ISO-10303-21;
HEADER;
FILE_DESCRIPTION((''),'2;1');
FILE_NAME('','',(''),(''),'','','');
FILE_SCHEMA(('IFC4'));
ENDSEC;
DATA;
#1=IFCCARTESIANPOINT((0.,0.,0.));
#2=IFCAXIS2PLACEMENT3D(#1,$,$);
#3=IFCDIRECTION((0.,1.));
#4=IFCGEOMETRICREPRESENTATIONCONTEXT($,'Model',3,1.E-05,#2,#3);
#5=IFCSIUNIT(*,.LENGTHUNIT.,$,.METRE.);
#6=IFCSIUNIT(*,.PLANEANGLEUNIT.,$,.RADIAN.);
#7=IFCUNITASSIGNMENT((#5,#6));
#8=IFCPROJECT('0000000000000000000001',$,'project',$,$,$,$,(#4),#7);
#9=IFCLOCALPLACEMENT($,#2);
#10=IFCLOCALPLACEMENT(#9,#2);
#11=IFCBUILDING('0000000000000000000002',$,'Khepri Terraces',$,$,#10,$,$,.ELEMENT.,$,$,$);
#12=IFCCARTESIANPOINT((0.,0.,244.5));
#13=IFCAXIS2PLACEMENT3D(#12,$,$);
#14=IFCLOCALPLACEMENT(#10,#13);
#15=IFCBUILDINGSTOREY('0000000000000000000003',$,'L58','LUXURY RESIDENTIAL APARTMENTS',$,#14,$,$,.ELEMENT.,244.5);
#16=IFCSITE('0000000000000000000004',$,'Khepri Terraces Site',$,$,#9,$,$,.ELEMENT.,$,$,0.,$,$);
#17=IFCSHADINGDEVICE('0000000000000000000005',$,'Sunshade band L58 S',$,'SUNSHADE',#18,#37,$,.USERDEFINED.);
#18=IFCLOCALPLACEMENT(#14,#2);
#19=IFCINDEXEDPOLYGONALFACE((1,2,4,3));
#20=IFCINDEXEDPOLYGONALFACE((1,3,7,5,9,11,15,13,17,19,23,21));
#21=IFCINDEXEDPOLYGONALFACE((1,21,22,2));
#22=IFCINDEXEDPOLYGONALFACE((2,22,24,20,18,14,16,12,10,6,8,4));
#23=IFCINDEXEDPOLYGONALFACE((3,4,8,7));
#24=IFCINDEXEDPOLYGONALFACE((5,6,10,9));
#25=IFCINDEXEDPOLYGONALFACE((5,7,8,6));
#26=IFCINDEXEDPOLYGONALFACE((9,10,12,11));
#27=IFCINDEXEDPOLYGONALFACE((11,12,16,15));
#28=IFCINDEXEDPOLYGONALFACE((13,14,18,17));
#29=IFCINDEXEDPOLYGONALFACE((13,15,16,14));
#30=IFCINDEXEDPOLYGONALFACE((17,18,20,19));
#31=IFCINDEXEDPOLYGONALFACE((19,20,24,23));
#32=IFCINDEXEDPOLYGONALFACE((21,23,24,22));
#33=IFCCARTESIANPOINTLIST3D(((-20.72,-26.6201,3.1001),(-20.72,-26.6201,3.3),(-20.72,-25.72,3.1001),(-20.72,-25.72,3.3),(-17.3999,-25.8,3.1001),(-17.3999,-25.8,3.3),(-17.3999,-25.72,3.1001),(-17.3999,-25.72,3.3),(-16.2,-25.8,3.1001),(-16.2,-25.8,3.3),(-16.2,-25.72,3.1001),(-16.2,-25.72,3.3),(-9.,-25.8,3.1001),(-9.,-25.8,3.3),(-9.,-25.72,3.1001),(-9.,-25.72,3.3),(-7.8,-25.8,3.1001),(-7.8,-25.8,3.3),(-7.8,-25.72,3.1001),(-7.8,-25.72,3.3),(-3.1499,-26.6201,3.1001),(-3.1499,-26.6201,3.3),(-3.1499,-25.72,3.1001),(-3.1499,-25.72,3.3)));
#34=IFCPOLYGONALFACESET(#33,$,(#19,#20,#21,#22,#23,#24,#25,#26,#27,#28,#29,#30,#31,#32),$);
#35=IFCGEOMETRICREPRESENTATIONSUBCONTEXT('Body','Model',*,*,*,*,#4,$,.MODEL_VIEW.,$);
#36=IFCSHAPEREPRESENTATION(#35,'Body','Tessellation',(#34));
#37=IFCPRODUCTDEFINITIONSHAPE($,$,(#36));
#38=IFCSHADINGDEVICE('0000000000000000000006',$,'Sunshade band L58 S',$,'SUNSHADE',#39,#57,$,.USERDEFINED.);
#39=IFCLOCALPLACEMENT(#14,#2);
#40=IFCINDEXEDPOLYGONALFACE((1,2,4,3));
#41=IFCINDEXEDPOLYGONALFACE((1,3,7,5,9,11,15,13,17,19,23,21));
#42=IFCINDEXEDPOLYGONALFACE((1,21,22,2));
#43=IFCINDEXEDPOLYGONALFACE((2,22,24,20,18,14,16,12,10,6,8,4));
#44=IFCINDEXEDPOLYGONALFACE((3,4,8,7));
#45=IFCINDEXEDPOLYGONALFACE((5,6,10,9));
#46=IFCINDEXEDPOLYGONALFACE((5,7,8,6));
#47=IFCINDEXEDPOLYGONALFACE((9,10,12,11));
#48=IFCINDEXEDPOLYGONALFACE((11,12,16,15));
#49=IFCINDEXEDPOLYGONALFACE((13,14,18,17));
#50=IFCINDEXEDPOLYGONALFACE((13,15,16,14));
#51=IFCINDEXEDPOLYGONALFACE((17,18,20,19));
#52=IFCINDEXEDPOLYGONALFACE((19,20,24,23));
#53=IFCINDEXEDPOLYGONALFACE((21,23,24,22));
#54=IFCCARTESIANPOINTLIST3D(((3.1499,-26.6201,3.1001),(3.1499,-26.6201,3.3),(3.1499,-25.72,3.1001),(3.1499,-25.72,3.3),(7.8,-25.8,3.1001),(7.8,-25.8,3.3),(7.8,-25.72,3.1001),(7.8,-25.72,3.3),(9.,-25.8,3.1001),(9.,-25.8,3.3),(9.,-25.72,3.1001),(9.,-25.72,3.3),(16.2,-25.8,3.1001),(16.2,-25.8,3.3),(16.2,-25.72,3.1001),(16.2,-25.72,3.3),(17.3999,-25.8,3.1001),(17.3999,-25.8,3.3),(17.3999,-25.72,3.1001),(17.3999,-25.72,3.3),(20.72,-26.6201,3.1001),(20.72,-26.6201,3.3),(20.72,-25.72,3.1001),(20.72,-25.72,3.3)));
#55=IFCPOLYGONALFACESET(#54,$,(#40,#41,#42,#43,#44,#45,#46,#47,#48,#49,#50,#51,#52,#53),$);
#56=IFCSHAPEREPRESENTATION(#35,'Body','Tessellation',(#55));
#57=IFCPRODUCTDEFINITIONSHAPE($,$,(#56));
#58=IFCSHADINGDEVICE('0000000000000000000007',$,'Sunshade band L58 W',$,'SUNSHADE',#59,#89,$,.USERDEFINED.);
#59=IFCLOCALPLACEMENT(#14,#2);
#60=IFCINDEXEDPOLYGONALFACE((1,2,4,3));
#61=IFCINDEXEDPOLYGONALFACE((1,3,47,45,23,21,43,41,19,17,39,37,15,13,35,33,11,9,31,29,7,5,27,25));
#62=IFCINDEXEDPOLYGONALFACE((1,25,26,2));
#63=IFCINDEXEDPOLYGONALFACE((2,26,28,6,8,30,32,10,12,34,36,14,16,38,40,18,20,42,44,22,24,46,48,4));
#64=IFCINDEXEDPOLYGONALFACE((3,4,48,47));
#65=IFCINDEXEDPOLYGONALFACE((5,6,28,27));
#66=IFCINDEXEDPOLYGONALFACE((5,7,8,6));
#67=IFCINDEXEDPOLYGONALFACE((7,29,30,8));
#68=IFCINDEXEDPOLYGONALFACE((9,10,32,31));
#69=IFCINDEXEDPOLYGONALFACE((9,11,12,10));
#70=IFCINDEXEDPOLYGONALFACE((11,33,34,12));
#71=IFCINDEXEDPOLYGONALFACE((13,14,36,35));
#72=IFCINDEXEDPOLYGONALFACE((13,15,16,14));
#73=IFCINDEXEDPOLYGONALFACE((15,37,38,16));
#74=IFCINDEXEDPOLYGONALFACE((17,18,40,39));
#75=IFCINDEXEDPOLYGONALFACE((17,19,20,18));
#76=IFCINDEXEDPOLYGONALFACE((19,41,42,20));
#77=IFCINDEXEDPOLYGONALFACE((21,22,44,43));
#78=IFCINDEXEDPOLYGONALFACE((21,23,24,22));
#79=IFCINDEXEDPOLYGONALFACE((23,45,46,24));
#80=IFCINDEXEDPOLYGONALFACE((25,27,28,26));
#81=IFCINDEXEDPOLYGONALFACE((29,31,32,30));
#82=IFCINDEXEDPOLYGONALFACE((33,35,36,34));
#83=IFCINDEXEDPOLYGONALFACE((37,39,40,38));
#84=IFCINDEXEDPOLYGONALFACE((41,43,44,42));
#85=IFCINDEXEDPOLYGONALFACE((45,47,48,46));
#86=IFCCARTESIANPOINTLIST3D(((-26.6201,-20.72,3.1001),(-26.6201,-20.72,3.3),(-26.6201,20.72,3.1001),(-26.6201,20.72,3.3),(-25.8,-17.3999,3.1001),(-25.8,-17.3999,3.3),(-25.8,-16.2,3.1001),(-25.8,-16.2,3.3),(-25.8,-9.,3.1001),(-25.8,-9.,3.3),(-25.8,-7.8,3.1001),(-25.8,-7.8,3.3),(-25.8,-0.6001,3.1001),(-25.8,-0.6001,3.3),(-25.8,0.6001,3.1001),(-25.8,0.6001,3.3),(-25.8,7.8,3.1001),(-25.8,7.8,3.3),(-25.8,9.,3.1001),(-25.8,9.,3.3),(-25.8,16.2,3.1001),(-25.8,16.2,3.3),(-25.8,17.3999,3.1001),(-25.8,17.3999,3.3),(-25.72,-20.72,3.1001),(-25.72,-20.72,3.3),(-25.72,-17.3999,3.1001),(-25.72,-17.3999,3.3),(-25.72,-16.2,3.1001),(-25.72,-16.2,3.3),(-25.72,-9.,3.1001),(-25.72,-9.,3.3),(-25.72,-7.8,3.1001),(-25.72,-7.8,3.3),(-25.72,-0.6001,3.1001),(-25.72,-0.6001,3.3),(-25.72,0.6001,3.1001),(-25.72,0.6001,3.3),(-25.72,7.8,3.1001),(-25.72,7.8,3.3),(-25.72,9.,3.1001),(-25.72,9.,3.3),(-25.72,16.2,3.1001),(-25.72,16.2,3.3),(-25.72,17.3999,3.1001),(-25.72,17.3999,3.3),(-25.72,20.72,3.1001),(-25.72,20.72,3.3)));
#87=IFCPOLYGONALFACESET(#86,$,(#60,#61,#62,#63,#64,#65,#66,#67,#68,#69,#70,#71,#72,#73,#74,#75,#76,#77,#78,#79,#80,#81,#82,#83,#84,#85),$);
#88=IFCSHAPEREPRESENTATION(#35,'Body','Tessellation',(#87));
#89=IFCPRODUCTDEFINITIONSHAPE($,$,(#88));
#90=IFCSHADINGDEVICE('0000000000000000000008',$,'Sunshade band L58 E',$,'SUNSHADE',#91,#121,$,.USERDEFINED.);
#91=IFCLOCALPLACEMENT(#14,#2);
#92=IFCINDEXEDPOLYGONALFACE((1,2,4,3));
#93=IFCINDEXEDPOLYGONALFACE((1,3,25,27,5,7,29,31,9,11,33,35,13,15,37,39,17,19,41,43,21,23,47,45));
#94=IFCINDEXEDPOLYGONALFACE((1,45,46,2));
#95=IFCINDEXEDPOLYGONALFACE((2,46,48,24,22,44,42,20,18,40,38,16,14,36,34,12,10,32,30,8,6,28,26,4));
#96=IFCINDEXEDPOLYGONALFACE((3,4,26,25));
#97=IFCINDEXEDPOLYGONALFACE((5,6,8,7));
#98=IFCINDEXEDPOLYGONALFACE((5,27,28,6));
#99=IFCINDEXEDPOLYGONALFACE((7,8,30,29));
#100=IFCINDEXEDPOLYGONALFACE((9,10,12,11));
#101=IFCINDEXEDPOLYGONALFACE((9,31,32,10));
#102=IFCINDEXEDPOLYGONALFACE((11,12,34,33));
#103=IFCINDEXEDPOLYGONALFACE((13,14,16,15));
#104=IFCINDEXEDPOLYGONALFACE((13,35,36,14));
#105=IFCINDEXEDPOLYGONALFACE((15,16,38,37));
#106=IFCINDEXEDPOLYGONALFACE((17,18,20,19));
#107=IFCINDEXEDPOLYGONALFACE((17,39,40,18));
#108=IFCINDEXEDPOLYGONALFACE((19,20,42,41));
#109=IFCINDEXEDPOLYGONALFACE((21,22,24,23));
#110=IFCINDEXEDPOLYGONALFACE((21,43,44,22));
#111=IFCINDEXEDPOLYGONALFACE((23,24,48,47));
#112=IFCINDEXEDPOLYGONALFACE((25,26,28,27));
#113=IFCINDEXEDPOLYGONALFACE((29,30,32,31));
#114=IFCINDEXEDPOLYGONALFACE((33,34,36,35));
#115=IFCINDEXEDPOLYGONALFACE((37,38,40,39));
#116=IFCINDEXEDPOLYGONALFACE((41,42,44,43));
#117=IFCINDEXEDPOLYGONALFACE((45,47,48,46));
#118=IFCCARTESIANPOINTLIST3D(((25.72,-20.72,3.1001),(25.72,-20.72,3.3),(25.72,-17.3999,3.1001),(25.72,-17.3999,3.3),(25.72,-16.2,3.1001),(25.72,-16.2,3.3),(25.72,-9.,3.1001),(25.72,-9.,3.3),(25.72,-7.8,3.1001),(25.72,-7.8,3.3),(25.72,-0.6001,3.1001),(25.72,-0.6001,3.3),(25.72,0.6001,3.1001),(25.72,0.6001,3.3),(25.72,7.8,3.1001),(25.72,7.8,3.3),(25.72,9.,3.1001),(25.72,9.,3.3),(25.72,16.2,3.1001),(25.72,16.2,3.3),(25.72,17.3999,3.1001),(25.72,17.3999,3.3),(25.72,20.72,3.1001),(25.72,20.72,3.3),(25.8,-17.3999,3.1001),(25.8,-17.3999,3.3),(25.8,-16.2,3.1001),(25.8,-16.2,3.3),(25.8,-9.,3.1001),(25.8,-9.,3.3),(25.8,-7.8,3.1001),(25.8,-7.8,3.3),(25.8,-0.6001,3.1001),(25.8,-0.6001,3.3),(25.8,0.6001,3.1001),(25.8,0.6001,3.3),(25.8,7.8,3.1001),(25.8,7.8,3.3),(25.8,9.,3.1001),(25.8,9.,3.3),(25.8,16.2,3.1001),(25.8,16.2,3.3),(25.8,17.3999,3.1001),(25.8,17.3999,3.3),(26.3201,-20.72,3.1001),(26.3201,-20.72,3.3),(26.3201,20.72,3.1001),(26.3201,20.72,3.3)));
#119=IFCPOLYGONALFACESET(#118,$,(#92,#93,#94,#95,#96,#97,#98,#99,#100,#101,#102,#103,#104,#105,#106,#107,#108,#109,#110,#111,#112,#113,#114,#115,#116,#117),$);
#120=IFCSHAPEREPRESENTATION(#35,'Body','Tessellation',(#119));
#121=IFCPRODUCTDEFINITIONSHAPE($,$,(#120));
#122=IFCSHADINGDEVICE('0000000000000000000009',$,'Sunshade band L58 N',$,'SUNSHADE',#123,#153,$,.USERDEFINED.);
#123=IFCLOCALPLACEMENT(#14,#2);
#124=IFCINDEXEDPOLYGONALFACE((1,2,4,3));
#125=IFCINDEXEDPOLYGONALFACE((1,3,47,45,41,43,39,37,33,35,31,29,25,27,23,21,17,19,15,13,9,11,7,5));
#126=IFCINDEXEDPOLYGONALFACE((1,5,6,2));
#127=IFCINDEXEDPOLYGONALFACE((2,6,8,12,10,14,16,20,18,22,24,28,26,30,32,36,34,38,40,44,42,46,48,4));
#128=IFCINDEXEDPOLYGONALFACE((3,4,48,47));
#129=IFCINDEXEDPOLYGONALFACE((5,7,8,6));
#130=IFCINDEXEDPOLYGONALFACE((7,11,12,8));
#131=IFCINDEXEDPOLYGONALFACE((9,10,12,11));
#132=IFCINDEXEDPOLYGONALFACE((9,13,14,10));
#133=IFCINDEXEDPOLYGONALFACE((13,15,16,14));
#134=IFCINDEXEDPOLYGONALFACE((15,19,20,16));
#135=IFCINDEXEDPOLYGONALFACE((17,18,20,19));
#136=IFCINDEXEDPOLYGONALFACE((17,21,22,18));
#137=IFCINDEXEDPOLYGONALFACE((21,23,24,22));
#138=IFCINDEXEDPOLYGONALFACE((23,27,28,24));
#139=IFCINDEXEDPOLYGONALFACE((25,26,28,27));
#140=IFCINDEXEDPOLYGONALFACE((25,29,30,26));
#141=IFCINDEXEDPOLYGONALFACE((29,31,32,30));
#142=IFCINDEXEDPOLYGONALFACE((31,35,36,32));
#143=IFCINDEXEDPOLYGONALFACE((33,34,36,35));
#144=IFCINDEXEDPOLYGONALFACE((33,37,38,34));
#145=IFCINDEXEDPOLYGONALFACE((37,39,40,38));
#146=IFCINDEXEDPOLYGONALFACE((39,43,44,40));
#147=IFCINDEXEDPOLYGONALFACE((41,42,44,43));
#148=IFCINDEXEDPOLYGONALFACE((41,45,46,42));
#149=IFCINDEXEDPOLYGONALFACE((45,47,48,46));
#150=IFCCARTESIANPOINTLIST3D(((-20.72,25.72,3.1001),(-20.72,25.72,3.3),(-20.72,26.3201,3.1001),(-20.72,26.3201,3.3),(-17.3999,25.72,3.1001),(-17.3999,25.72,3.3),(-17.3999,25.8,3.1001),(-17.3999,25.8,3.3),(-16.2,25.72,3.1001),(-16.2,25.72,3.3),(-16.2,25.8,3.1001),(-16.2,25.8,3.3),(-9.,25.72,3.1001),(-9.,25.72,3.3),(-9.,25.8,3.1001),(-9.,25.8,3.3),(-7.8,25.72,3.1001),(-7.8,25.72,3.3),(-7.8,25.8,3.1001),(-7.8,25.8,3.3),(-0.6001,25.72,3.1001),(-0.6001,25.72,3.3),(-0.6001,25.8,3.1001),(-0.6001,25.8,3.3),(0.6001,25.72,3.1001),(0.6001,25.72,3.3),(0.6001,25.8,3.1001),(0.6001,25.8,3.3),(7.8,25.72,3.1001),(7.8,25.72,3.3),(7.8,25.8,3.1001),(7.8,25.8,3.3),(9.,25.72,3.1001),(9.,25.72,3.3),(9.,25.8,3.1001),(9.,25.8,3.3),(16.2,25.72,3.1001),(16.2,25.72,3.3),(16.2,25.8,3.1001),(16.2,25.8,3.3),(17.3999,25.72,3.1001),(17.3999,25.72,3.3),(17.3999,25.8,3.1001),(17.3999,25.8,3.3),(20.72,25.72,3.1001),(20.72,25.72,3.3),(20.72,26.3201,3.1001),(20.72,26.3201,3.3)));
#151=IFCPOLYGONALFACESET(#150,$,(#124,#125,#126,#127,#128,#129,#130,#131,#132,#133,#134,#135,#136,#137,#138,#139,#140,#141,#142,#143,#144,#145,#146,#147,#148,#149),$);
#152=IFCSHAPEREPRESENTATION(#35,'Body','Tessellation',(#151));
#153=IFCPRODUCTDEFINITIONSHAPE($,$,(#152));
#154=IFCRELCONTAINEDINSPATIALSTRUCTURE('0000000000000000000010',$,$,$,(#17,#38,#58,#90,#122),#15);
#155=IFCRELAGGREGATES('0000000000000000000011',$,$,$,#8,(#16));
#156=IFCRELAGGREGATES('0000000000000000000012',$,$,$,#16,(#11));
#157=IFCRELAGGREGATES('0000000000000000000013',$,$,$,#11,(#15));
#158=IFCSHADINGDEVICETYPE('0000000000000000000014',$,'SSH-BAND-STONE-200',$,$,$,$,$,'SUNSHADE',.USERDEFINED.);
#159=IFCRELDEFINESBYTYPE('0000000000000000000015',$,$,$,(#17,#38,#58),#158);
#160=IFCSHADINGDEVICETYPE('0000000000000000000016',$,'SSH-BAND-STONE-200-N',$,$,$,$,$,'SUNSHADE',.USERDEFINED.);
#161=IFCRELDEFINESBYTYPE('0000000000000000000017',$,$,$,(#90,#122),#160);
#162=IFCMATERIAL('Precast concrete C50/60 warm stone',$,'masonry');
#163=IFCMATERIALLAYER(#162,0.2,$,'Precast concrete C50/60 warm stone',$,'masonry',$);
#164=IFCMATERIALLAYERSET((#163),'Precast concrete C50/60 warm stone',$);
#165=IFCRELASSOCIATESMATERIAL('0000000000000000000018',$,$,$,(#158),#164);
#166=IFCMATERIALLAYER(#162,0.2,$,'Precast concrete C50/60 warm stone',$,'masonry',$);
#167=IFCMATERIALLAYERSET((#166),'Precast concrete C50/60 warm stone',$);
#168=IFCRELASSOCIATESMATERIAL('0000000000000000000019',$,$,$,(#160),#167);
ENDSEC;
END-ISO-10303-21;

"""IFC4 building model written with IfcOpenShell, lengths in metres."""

from ifc_helpers import new_model, si_unit, direction, frame, origin, place, context, subcontext, project, spatial, polyline, outline, extrude, material, layer, layer_set, type_object, element, save


model = new_model("IFC4")

# Units and contexts
model_context = context("Model", 3, precision=1e-05, world=origin(), true_north=direction((0.0, 1.0)))
body_context = subcontext(model_context, "Body", "Model", "MODEL_VIEW")
ifc_project = project(units=[si_unit("LENGTHUNIT", "METRE"), si_unit("PLANEANGLEUNIT", "RADIAN")], contexts=[model_context])

# Site, building, storey
site_placement = place(None, origin())
site = spatial("IfcSite", under=ifc_project, at=site_placement, Name="Khepri Terraces Site", CompositionType="ELEMENT", RefElevation=0.0)
building_placement = place(site_placement, origin())
building = spatial("IfcBuilding", under=site, at=building_placement, Name="Khepri Terraces", CompositionType="ELEMENT")
storey_placement = place(building_placement, frame((0.0, 0.0, 244.5)))
storey = spatial("IfcBuildingStorey", under=building, at=storey_placement, Name="L58", Description="LUXURY RESIDENTIAL APARTMENTS", CompositionType="ELEMENT", Elevation=244.5)

# Shared definitions
ifc_material_1 = material(Name="Precast concrete C50/60 warm stone", Category="masonry")

# Shading devices
ifc_layer_1 = layer(ifc_material_1, 0.2, Name="Precast concrete C50/60 warm stone", Category="masonry")
ifc_layer_set_1 = layer_set([ifc_layer_1], Name="Precast concrete C50/60 warm stone")
shading_device_type_1 = type_object("IfcShadingDeviceType", Name="SSH-BAND-STONE-200", ElementType="SUNSHADE", PredefinedType="USERDEFINED", material=ifc_layer_set_1)
shading_device_1_placement = place(storey_placement, frame((0.0, 0.0, 3.1001)))
element("IfcShadingDevice", 1, at=shading_device_1_placement, inside=storey, type_object=shading_device_type_1, Name="Sunshade band L58 S", ObjectType="SUNSHADE", PredefinedType="USERDEFINED", context=body_context, shape_type="SweptSolid", body=[
    extrude(outline(polyline([(-17.3999, -25.72), (-20.72, -25.72), (-20.72, -26.6201), (-3.1499, -26.6201), (-3.1499, -25.72), (-7.8, -25.72), (-7.8, -25.8), (-9.0, -25.8), (-9.0, -25.72), (-16.2, -25.72), (-16.2, -25.8), (-17.3999, -25.8), (-17.3999, -25.72)])), origin(), (0.0, 0.0, 1.0), 0.2),
])
shading_device_2_placement = place(storey_placement, frame((0.0, 0.0, 3.1001)))
element("IfcShadingDevice", 2, at=shading_device_2_placement, inside=storey, type_object=shading_device_type_1, Name="Sunshade band L58 S", ObjectType="SUNSHADE", PredefinedType="USERDEFINED", context=body_context, shape_type="SweptSolid", body=[
    extrude(outline(polyline([(7.8, -25.72), (3.1499, -25.72), (3.1499, -26.6201), (20.72, -26.6201), (20.72, -25.72), (17.3999, -25.72), (17.3999, -25.8), (16.2, -25.8), (16.2, -25.72), (9.0, -25.72), (9.0, -25.8), (7.8, -25.8), (7.8, -25.72)])), origin(), (0.0, 0.0, 1.0), 0.2),
])
shading_device_3_placement = place(storey_placement, frame((0.0, 0.0, 3.1001)))
element("IfcShadingDevice", 3, at=shading_device_3_placement, inside=storey, type_object=shading_device_type_1, Name="Sunshade band L58 W", ObjectType="SUNSHADE", PredefinedType="USERDEFINED", context=body_context, shape_type="SweptSolid", body=[
    extrude(outline(polyline([(-25.72, 17.3999), (-25.72, 20.72), (-26.6201, 20.72), (-26.6201, -20.72), (-25.72, -20.72), (-25.72, -17.3999), (-25.8, -17.3999), (-25.8, -16.2), (-25.72, -16.2), (-25.72, -9.0), (-25.8, -9.0), (-25.8, -7.8), (-25.72, -7.8), (-25.72, -0.6001), (-25.8, -0.6001), (-25.8, 0.6001), (-25.72, 0.6001), (-25.72, 7.8), (-25.8, 7.8), (-25.8, 9.0), (-25.72, 9.0), (-25.72, 16.2), (-25.8, 16.2), (-25.8, 17.3999), (-25.72, 17.3999)])), origin(), (0.0, 0.0, 1.0), 0.2),
])
ifc_layer_2 = layer(ifc_material_1, 0.2, Name="Precast concrete C50/60 warm stone", Category="masonry")
ifc_layer_set_2 = layer_set([ifc_layer_2], Name="Precast concrete C50/60 warm stone")
shading_device_type_2 = type_object("IfcShadingDeviceType", Name="SSH-BAND-STONE-200-N", ElementType="SUNSHADE", PredefinedType="USERDEFINED", material=ifc_layer_set_2)
shading_device_4_placement = place(storey_placement, frame((0.0, 0.0, 3.1001)))
element("IfcShadingDevice", 4, at=shading_device_4_placement, inside=storey, type_object=shading_device_type_2, Name="Sunshade band L58 E", ObjectType="SUNSHADE", PredefinedType="USERDEFINED", context=body_context, shape_type="SweptSolid", body=[
    extrude(outline(polyline([(25.72, -17.3999), (25.72, -20.72), (26.3201, -20.72), (26.3201, 20.72), (25.72, 20.72), (25.72, 17.3999), (25.8, 17.3999), (25.8, 16.2), (25.72, 16.2), (25.72, 9.0), (25.8, 9.0), (25.8, 7.8), (25.72, 7.8), (25.72, 0.6001), (25.8, 0.6001), (25.8, -0.6001), (25.72, -0.6001), (25.72, -7.8), (25.8, -7.8), (25.8, -9.0), (25.72, -9.0), (25.72, -16.2), (25.8, -16.2), (25.8, -17.3999), (25.72, -17.3999)])), origin(), (0.0, 0.0, 1.0), 0.2),
])
shading_device_5_placement = place(storey_placement, frame((0.0, 0.0, 3.1001)))
element("IfcShadingDevice", 5, at=shading_device_5_placement, inside=storey, type_object=shading_device_type_2, Name="Sunshade band L58 N", ObjectType="SUNSHADE", PredefinedType="USERDEFINED", context=body_context, shape_type="SweptSolid", body=[
    extrude(outline(polyline([(17.3999, 25.72), (20.72, 25.72), (20.72, 26.3201), (-20.72, 26.3201), (-20.72, 25.72), (-17.3999, 25.72), (-17.3999, 25.8), (-16.2, 25.8), (-16.2, 25.72), (-9.0, 25.72), (-9.0, 25.8), (-7.8, 25.8), (-7.8, 25.72), (-0.6001, 25.72), (-0.6001, 25.8), (0.6001, 25.8), (0.6001, 25.72), (7.8, 25.72), (7.8, 25.8), (9.0, 25.8), (9.0, 25.72), (16.2, 25.72), (16.2, 25.8), (17.3999, 25.8), (17.3999, 25.72)])), origin(), (0.0, 0.0, 1.0), 0.2),
])

save(model, "model.ifc")
